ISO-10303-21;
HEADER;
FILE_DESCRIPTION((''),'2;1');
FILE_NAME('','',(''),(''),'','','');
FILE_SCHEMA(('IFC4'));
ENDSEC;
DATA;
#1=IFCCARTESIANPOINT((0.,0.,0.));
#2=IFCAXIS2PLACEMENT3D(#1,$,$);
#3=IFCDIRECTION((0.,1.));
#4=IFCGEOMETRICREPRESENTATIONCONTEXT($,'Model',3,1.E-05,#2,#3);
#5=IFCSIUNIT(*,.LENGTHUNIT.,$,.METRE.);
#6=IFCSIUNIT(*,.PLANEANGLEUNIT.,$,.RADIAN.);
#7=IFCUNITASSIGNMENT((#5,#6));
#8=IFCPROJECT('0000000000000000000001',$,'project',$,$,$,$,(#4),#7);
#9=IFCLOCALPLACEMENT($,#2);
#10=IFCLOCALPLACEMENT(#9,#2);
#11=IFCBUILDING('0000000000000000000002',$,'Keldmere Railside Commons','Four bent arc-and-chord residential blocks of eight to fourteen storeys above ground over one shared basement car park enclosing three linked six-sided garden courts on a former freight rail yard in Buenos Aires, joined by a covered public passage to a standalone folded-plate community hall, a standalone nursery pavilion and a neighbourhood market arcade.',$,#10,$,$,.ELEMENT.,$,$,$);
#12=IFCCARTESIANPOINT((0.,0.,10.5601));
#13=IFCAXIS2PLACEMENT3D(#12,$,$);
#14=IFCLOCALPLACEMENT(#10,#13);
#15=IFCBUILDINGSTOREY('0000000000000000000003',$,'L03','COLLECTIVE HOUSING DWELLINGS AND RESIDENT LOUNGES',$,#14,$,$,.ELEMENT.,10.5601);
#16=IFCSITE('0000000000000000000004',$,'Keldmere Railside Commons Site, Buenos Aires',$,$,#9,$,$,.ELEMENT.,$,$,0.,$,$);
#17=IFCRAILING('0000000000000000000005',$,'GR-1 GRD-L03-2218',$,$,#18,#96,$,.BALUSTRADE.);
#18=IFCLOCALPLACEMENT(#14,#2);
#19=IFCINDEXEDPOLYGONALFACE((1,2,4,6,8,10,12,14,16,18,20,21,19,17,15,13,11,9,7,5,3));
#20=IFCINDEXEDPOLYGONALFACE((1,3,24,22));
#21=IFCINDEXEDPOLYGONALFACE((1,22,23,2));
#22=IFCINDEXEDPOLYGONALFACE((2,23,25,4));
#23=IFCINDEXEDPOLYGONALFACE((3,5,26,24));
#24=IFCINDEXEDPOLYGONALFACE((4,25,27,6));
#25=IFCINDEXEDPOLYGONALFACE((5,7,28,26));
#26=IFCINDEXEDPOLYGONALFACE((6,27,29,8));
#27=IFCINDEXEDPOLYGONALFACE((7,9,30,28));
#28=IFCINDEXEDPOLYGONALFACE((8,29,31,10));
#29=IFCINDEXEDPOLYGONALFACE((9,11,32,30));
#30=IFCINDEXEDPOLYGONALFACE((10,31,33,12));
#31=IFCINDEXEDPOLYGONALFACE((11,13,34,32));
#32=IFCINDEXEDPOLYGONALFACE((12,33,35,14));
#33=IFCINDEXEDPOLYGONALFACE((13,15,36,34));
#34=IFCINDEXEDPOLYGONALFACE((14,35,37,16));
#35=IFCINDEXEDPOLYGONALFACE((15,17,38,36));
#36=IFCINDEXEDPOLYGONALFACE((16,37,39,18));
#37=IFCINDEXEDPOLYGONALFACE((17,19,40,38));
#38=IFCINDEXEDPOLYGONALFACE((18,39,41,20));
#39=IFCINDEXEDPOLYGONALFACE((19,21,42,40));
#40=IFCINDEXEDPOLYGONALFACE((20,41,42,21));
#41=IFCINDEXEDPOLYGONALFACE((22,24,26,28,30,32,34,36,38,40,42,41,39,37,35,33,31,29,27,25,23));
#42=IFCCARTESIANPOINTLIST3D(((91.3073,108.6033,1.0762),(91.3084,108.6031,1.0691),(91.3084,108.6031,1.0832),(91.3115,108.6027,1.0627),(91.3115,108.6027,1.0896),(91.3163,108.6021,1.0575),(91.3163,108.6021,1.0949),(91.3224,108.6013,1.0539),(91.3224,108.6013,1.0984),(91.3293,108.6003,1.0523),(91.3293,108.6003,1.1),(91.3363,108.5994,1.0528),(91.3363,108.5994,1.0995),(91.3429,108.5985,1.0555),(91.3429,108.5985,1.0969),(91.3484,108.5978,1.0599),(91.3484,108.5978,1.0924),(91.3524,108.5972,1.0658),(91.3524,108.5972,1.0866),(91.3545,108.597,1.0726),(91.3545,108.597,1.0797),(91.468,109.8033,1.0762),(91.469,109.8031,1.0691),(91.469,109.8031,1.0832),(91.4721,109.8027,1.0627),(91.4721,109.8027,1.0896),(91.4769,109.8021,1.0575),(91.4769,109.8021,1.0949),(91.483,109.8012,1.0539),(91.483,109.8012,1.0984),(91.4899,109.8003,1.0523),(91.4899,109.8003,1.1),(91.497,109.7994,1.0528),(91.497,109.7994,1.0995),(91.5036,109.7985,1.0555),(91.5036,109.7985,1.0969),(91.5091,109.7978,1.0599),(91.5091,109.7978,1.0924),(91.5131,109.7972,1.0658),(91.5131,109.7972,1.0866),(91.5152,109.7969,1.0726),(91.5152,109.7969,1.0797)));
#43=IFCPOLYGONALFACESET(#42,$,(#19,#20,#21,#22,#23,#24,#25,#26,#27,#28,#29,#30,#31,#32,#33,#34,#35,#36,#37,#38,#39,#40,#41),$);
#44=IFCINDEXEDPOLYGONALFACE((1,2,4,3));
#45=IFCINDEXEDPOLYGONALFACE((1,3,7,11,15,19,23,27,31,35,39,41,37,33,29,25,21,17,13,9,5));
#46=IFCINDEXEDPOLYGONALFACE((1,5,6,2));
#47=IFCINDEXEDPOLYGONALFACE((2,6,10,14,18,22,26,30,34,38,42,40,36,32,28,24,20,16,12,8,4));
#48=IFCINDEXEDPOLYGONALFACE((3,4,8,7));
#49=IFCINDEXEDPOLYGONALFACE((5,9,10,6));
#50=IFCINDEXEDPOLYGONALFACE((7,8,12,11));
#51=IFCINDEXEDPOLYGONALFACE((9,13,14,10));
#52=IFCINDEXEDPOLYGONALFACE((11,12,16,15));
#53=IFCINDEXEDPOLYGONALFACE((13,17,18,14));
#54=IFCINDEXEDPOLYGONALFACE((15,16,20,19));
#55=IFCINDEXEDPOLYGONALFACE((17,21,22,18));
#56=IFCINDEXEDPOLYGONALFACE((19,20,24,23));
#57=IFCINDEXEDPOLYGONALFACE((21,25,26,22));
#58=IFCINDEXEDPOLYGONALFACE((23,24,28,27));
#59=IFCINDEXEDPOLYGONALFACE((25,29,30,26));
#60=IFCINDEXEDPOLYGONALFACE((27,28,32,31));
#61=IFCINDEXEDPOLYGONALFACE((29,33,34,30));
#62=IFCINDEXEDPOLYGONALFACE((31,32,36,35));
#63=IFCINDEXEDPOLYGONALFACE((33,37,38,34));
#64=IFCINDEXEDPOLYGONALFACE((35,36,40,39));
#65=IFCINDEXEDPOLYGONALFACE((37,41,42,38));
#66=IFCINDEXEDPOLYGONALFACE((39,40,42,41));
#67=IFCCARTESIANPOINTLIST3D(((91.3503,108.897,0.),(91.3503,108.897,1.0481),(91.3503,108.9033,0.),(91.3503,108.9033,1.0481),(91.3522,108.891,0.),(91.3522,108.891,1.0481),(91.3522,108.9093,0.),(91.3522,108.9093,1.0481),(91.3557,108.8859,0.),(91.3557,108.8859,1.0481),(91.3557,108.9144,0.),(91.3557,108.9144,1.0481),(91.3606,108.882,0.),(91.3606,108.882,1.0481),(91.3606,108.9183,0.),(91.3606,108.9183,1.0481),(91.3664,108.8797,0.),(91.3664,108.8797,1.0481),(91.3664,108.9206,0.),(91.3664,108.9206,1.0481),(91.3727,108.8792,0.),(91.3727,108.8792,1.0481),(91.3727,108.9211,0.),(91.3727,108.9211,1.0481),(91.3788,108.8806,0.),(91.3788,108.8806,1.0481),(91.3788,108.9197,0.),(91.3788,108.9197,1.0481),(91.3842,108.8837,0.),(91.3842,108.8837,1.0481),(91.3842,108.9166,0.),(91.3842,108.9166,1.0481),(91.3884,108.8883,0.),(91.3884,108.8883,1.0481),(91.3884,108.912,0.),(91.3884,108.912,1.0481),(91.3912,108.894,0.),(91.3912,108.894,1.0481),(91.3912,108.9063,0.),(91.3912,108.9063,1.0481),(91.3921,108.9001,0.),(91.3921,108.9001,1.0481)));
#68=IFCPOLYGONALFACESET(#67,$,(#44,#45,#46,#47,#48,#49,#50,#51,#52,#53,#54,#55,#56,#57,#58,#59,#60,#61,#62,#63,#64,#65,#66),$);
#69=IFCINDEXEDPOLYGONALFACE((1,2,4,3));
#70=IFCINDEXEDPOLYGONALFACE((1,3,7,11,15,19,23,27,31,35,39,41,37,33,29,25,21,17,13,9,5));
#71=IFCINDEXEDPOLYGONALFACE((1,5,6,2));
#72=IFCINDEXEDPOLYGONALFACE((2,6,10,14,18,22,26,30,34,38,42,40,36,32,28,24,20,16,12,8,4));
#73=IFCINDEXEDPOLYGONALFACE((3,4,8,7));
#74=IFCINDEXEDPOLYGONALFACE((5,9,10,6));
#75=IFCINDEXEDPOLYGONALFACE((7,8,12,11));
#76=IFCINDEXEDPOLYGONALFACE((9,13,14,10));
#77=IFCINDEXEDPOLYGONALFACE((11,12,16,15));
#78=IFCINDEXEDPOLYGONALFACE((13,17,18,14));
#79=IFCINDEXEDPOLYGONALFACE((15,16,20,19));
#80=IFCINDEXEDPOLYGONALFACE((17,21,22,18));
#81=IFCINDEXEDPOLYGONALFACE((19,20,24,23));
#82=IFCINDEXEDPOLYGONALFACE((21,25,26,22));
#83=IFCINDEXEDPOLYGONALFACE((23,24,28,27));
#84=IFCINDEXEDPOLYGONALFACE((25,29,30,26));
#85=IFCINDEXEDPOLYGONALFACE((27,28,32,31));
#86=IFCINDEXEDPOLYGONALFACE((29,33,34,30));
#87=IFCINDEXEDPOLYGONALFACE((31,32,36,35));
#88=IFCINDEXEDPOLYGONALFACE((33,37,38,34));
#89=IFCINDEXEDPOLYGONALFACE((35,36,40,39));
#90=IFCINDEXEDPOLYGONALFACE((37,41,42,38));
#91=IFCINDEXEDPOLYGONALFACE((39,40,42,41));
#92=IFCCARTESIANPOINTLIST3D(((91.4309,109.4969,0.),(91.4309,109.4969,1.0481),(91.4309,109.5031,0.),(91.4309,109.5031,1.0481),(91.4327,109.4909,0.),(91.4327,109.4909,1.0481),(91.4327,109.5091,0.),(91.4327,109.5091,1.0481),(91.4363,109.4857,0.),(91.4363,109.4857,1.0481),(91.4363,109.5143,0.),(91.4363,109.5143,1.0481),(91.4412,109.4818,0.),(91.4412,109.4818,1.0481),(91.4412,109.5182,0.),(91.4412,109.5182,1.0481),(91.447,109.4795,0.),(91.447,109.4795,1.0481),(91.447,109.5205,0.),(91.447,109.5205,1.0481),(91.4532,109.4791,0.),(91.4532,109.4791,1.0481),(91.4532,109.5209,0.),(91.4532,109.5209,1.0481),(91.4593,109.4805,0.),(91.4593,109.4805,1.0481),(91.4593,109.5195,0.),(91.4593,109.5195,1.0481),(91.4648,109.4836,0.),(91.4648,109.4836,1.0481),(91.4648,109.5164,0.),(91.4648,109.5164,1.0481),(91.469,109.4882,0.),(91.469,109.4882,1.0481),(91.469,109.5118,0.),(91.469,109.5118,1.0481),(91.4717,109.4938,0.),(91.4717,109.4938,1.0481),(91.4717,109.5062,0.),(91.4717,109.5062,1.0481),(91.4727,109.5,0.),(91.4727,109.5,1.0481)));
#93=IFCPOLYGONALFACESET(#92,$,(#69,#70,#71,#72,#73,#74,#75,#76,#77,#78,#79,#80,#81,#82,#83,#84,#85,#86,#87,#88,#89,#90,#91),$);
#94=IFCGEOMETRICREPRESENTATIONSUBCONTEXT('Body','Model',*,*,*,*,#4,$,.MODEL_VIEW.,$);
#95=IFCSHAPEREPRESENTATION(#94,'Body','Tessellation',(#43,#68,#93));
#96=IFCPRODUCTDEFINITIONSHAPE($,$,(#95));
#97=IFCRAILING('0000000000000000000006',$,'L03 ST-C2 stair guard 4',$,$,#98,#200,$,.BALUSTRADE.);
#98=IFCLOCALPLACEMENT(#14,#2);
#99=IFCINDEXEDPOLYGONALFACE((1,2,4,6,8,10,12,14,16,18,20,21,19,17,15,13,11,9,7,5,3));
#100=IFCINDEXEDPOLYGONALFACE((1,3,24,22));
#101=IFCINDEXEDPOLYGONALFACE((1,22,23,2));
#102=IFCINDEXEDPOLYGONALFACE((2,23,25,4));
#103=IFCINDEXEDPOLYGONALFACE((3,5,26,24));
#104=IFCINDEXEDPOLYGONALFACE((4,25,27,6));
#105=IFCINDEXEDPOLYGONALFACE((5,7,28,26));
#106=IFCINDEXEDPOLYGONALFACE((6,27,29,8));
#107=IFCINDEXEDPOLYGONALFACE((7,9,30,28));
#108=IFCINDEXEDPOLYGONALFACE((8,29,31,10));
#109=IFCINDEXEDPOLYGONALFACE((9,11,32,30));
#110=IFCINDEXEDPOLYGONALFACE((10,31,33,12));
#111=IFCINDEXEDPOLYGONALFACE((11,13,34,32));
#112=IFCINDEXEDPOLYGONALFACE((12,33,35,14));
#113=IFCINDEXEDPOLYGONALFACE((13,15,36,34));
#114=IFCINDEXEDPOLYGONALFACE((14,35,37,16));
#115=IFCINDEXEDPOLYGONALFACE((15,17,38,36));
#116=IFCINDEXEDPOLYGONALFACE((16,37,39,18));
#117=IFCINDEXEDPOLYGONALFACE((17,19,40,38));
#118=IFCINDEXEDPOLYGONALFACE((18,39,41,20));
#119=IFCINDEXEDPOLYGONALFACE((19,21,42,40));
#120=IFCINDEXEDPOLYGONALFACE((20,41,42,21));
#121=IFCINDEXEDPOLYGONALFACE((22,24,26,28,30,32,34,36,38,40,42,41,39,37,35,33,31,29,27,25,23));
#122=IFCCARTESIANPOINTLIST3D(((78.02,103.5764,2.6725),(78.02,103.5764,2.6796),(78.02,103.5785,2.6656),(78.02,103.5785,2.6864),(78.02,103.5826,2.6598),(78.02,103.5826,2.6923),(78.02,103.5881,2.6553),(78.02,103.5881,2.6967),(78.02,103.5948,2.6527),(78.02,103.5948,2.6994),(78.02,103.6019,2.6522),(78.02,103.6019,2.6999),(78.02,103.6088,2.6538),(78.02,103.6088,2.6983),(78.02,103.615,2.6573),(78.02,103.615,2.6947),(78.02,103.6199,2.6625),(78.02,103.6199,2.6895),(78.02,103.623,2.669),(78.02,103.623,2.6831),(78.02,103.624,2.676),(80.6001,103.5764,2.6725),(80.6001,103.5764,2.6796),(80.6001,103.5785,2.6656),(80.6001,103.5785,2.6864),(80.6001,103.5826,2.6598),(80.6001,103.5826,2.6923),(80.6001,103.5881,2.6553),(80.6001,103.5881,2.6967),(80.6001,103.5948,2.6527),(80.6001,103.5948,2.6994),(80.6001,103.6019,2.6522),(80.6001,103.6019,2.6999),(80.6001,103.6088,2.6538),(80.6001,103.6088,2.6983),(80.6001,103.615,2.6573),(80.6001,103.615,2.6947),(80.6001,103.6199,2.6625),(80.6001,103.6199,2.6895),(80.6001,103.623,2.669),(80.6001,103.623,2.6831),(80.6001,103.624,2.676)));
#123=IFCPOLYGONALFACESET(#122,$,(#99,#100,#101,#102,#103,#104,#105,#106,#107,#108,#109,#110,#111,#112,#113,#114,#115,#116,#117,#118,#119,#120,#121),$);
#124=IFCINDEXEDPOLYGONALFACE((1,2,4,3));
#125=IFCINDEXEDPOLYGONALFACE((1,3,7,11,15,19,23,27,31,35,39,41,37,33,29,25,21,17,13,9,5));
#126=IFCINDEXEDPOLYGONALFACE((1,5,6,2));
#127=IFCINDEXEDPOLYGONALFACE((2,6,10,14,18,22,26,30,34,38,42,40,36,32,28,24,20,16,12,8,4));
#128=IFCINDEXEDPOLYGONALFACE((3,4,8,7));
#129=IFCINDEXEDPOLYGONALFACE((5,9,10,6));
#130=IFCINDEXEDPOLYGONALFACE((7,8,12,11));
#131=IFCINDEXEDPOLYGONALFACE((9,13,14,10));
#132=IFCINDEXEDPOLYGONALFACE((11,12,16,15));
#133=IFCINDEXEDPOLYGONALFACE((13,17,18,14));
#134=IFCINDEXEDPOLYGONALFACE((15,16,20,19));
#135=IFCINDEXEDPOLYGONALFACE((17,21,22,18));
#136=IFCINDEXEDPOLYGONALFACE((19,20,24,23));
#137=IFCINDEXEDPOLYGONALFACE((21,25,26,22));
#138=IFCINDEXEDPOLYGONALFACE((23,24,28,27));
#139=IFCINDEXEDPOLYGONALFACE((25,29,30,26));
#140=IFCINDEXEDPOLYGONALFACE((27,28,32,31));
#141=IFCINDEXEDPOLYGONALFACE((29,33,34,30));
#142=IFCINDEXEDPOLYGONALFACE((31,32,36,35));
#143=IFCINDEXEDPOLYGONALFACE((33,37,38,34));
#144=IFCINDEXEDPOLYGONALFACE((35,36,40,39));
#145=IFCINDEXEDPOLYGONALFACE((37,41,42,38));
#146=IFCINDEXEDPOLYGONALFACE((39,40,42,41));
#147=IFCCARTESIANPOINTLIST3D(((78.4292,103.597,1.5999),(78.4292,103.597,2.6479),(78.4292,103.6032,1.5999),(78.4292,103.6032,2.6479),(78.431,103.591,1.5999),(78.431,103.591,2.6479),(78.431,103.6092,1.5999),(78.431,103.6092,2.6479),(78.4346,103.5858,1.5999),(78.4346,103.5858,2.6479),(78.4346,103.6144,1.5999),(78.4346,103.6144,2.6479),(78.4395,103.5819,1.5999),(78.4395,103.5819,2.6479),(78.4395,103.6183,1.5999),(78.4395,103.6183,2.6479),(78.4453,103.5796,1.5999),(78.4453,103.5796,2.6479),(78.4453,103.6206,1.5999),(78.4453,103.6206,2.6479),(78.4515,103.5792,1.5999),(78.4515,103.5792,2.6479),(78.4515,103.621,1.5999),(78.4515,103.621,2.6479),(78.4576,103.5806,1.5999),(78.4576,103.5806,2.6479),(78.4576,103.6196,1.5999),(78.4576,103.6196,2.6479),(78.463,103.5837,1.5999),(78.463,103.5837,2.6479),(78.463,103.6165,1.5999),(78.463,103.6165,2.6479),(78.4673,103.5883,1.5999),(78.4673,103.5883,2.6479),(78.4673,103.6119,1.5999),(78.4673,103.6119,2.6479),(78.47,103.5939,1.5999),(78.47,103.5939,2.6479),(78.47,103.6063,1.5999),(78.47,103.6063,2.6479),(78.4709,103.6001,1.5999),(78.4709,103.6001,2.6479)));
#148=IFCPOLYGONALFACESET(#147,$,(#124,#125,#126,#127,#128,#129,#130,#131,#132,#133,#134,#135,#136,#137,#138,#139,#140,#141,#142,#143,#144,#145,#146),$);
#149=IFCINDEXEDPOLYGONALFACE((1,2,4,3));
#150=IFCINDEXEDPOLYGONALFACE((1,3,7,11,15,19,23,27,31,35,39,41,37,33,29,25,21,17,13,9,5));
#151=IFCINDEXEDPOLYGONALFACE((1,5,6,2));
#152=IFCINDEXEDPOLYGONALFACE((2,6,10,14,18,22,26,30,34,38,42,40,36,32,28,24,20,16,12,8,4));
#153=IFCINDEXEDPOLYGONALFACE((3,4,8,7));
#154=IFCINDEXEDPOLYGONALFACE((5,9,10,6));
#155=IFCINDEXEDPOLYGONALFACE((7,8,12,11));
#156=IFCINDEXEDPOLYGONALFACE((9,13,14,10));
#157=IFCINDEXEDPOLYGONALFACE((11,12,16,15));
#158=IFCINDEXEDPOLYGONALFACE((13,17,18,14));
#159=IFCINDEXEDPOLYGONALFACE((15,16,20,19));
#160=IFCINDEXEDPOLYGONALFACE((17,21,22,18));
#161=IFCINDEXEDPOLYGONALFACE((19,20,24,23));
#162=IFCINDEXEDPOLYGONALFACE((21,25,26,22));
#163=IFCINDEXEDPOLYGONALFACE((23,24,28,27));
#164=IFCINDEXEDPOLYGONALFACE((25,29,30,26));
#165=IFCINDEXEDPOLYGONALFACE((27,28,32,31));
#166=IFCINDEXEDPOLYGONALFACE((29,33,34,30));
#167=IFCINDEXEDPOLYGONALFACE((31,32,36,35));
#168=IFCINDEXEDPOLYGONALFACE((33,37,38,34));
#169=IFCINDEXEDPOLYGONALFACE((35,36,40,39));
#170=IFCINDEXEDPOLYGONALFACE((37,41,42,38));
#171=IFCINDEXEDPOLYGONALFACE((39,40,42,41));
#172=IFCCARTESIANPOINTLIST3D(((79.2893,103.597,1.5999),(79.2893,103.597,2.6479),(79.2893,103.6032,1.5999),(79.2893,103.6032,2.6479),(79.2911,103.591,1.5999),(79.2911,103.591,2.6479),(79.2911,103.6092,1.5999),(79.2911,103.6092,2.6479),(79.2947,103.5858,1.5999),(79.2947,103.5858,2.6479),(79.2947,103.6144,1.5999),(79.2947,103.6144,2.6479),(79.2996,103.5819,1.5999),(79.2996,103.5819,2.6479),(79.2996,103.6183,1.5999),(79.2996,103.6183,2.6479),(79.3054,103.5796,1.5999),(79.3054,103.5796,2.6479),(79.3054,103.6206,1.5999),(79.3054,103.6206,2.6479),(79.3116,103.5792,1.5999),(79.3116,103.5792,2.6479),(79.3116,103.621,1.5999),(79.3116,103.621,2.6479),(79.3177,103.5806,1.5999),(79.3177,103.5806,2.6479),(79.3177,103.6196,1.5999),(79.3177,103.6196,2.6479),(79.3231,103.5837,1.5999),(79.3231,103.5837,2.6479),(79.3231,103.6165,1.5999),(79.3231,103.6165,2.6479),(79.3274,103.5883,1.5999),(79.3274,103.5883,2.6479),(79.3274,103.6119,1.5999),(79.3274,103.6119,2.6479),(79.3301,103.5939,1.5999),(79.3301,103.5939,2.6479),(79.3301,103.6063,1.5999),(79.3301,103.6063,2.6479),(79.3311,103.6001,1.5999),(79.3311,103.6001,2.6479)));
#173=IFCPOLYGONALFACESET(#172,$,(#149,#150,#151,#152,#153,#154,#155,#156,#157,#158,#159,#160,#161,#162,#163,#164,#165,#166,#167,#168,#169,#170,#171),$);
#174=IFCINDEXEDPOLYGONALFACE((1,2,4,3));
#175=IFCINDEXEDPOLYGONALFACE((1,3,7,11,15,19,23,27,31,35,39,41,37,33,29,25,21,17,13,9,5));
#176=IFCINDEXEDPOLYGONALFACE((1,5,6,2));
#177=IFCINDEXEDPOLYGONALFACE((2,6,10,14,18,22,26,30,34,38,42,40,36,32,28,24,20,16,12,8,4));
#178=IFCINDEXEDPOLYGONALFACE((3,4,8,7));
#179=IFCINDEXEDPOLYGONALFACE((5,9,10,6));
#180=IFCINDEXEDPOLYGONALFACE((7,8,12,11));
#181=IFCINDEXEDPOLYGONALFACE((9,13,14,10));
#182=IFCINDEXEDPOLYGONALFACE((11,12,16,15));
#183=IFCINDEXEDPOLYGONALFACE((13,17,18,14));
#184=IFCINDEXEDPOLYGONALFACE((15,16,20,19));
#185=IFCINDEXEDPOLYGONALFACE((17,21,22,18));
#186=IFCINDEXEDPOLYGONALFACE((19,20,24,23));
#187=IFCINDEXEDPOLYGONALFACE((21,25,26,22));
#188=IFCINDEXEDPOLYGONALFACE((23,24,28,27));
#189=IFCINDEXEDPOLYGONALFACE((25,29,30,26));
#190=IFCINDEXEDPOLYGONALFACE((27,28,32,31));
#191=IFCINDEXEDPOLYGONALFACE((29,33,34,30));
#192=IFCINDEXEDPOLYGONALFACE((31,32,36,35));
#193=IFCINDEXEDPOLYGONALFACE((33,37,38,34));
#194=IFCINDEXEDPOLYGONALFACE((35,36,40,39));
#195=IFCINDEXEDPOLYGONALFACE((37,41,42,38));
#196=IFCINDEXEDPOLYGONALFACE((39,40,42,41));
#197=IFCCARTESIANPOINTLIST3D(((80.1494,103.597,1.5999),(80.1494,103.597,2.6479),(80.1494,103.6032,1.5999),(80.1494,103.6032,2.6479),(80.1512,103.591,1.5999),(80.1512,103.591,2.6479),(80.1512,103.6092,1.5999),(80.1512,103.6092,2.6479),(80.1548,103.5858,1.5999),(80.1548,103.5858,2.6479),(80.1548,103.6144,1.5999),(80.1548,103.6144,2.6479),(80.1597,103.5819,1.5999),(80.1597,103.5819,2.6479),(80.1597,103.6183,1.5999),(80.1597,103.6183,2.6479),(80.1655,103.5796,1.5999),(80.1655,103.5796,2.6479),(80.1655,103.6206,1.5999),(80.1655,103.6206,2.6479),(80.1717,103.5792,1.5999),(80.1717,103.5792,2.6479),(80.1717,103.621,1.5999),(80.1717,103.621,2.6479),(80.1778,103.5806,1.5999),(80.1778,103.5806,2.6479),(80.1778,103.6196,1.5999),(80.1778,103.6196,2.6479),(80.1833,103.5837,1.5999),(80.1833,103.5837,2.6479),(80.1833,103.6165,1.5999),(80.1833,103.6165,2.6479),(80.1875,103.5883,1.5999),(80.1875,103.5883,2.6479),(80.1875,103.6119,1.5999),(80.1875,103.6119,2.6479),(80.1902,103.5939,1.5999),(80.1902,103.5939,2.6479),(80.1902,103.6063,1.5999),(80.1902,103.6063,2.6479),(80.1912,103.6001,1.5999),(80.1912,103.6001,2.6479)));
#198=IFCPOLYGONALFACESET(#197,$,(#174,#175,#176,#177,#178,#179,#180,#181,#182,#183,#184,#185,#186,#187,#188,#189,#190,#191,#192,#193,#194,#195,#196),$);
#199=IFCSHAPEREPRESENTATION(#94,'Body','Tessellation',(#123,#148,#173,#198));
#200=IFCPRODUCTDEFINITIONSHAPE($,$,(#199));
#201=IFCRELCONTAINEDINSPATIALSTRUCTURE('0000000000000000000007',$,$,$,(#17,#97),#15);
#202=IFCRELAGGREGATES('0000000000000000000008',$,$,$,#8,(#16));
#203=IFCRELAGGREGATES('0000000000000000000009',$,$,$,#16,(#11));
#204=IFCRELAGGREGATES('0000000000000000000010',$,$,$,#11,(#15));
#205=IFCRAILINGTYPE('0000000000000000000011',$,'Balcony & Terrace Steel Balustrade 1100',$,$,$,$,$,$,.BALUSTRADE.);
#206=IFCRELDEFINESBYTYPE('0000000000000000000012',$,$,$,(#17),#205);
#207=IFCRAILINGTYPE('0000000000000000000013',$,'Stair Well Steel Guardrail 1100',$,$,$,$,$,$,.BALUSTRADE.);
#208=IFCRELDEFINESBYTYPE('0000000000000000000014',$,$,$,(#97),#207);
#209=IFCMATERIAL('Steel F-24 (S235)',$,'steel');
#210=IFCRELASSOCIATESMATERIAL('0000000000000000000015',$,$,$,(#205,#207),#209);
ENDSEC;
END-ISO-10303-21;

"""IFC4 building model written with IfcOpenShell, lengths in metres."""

from ifc_helpers import new_model, si_unit, direction, frame, origin, origin_2d, place, context, subcontext, project, spatial, circle, extrude, material, type_object, element, save


model = new_model("IFC4")

# Units and contexts
model_context = context("Model", 3, precision=1e-05, world=origin(), true_north=direction((0.0, 1.0)))
body_context = subcontext(model_context, "Body", "Model", "MODEL_VIEW")
ifc_project = project(units=[si_unit("LENGTHUNIT", "METRE"), si_unit("PLANEANGLEUNIT", "RADIAN")], contexts=[model_context])

# Site, building, storey
site_placement = place(None, origin())
site = spatial("IfcSite", under=ifc_project, at=site_placement, Name="Keldmere Railside Commons Site, Buenos Aires", CompositionType="ELEMENT", RefElevation=0.0)
building_placement = place(site_placement, origin())
building = spatial("IfcBuilding", under=site, at=building_placement, Name="Keldmere Railside Commons", Description="Four bent arc-and-chord residential blocks of eight to fourteen storeys above ground over one shared basement car park enclosing three linked six-sided garden courts on a former freight rail yard in Buenos Aires, joined by a covered public passage to a standalone folded-plate community hall, a standalone nursery pavilion and a neighbourhood market arcade.", CompositionType="ELEMENT")
storey_placement = place(building_placement, frame((0.0, 0.0, 10.5601)))
storey = spatial("IfcBuildingStorey", under=building, at=storey_placement, Name="L03", Description="COLLECTIVE HOUSING DWELLINGS AND RESIDENT LOUNGES", CompositionType="ELEMENT", Elevation=10.5601)

# Shared definitions
ifc_material_1 = material(Name="Steel F-24 (S235)", Category="steel")

# Railings
railing_type_1 = type_object("IfcRailingType", Name="Balcony & Terrace Steel Balustrade 1100", PredefinedType="BALUSTRADE", material=ifc_material_1)
railing_1_placement = place(storey_placement, frame((91.3311, 108.6001, 0.0)))
element("IfcRailing", 1, at=railing_1_placement, inside=storey, type_object=railing_type_1, Name="GR-1 GRD-L03-2218", PredefinedType="BALUSTRADE", context=body_context, shape_type="SweptSolid", body=[
    extrude(circle(Radius=0.0239, at=origin_2d()), frame((0.0, 0.0, 1.0762), z_axis=(0.132692, 0.991157, 0.0), x_axis=(-0.991157, 0.132692, 0.0)), (0.0, 0.0, 1.0), 1.2107),
    extrude(circle(Radius=0.021, at=origin_2d()), frame((0.04, 0.3, 0.0)), (0.0, 0.0, 1.0), 1.0481),
    extrude(circle(Radius=0.021, at=origin_2d()), frame((0.1206, 0.8999, 0.0)), (0.0, 0.0, 1.0), 1.0481),
])
railing_type_2 = type_object("IfcRailingType", Name="Stair Well Steel Guardrail 1100", PredefinedType="BALUSTRADE", material=ifc_material_1)
railing_2_placement = place(storey_placement, frame((78.02, 103.6001, 1.5999)))
element("IfcRailing", 2, at=railing_2_placement, inside=storey, type_object=railing_type_2, Name="L03 ST-C2 stair guard 4", PredefinedType="BALUSTRADE", context=body_context, shape_type="SweptSolid", body=[
    extrude(circle(Radius=0.0239, at=origin_2d()), frame((0.0, 0.0, 1.0762), z_axis=(1.0, 0.0, 0.0), x_axis=(0.0, 1.0, 0.0)), (0.0, 0.0, 1.0), 2.5801),
    extrude(circle(Radius=0.021, at=origin_2d()), frame((0.4299, 0.0, 0.0)), (0.0, 0.0, 1.0), 1.0481),
    extrude(circle(Radius=0.021, at=origin_2d()), frame((1.29, 0.0, 0.0)), (0.0, 0.0, 1.0), 1.0481),
    extrude(circle(Radius=0.021, at=origin_2d()), frame((2.1501, 0.0, 0.0)), (0.0, 0.0, 1.0), 1.0481),
])

save(model, "model.ifc")
